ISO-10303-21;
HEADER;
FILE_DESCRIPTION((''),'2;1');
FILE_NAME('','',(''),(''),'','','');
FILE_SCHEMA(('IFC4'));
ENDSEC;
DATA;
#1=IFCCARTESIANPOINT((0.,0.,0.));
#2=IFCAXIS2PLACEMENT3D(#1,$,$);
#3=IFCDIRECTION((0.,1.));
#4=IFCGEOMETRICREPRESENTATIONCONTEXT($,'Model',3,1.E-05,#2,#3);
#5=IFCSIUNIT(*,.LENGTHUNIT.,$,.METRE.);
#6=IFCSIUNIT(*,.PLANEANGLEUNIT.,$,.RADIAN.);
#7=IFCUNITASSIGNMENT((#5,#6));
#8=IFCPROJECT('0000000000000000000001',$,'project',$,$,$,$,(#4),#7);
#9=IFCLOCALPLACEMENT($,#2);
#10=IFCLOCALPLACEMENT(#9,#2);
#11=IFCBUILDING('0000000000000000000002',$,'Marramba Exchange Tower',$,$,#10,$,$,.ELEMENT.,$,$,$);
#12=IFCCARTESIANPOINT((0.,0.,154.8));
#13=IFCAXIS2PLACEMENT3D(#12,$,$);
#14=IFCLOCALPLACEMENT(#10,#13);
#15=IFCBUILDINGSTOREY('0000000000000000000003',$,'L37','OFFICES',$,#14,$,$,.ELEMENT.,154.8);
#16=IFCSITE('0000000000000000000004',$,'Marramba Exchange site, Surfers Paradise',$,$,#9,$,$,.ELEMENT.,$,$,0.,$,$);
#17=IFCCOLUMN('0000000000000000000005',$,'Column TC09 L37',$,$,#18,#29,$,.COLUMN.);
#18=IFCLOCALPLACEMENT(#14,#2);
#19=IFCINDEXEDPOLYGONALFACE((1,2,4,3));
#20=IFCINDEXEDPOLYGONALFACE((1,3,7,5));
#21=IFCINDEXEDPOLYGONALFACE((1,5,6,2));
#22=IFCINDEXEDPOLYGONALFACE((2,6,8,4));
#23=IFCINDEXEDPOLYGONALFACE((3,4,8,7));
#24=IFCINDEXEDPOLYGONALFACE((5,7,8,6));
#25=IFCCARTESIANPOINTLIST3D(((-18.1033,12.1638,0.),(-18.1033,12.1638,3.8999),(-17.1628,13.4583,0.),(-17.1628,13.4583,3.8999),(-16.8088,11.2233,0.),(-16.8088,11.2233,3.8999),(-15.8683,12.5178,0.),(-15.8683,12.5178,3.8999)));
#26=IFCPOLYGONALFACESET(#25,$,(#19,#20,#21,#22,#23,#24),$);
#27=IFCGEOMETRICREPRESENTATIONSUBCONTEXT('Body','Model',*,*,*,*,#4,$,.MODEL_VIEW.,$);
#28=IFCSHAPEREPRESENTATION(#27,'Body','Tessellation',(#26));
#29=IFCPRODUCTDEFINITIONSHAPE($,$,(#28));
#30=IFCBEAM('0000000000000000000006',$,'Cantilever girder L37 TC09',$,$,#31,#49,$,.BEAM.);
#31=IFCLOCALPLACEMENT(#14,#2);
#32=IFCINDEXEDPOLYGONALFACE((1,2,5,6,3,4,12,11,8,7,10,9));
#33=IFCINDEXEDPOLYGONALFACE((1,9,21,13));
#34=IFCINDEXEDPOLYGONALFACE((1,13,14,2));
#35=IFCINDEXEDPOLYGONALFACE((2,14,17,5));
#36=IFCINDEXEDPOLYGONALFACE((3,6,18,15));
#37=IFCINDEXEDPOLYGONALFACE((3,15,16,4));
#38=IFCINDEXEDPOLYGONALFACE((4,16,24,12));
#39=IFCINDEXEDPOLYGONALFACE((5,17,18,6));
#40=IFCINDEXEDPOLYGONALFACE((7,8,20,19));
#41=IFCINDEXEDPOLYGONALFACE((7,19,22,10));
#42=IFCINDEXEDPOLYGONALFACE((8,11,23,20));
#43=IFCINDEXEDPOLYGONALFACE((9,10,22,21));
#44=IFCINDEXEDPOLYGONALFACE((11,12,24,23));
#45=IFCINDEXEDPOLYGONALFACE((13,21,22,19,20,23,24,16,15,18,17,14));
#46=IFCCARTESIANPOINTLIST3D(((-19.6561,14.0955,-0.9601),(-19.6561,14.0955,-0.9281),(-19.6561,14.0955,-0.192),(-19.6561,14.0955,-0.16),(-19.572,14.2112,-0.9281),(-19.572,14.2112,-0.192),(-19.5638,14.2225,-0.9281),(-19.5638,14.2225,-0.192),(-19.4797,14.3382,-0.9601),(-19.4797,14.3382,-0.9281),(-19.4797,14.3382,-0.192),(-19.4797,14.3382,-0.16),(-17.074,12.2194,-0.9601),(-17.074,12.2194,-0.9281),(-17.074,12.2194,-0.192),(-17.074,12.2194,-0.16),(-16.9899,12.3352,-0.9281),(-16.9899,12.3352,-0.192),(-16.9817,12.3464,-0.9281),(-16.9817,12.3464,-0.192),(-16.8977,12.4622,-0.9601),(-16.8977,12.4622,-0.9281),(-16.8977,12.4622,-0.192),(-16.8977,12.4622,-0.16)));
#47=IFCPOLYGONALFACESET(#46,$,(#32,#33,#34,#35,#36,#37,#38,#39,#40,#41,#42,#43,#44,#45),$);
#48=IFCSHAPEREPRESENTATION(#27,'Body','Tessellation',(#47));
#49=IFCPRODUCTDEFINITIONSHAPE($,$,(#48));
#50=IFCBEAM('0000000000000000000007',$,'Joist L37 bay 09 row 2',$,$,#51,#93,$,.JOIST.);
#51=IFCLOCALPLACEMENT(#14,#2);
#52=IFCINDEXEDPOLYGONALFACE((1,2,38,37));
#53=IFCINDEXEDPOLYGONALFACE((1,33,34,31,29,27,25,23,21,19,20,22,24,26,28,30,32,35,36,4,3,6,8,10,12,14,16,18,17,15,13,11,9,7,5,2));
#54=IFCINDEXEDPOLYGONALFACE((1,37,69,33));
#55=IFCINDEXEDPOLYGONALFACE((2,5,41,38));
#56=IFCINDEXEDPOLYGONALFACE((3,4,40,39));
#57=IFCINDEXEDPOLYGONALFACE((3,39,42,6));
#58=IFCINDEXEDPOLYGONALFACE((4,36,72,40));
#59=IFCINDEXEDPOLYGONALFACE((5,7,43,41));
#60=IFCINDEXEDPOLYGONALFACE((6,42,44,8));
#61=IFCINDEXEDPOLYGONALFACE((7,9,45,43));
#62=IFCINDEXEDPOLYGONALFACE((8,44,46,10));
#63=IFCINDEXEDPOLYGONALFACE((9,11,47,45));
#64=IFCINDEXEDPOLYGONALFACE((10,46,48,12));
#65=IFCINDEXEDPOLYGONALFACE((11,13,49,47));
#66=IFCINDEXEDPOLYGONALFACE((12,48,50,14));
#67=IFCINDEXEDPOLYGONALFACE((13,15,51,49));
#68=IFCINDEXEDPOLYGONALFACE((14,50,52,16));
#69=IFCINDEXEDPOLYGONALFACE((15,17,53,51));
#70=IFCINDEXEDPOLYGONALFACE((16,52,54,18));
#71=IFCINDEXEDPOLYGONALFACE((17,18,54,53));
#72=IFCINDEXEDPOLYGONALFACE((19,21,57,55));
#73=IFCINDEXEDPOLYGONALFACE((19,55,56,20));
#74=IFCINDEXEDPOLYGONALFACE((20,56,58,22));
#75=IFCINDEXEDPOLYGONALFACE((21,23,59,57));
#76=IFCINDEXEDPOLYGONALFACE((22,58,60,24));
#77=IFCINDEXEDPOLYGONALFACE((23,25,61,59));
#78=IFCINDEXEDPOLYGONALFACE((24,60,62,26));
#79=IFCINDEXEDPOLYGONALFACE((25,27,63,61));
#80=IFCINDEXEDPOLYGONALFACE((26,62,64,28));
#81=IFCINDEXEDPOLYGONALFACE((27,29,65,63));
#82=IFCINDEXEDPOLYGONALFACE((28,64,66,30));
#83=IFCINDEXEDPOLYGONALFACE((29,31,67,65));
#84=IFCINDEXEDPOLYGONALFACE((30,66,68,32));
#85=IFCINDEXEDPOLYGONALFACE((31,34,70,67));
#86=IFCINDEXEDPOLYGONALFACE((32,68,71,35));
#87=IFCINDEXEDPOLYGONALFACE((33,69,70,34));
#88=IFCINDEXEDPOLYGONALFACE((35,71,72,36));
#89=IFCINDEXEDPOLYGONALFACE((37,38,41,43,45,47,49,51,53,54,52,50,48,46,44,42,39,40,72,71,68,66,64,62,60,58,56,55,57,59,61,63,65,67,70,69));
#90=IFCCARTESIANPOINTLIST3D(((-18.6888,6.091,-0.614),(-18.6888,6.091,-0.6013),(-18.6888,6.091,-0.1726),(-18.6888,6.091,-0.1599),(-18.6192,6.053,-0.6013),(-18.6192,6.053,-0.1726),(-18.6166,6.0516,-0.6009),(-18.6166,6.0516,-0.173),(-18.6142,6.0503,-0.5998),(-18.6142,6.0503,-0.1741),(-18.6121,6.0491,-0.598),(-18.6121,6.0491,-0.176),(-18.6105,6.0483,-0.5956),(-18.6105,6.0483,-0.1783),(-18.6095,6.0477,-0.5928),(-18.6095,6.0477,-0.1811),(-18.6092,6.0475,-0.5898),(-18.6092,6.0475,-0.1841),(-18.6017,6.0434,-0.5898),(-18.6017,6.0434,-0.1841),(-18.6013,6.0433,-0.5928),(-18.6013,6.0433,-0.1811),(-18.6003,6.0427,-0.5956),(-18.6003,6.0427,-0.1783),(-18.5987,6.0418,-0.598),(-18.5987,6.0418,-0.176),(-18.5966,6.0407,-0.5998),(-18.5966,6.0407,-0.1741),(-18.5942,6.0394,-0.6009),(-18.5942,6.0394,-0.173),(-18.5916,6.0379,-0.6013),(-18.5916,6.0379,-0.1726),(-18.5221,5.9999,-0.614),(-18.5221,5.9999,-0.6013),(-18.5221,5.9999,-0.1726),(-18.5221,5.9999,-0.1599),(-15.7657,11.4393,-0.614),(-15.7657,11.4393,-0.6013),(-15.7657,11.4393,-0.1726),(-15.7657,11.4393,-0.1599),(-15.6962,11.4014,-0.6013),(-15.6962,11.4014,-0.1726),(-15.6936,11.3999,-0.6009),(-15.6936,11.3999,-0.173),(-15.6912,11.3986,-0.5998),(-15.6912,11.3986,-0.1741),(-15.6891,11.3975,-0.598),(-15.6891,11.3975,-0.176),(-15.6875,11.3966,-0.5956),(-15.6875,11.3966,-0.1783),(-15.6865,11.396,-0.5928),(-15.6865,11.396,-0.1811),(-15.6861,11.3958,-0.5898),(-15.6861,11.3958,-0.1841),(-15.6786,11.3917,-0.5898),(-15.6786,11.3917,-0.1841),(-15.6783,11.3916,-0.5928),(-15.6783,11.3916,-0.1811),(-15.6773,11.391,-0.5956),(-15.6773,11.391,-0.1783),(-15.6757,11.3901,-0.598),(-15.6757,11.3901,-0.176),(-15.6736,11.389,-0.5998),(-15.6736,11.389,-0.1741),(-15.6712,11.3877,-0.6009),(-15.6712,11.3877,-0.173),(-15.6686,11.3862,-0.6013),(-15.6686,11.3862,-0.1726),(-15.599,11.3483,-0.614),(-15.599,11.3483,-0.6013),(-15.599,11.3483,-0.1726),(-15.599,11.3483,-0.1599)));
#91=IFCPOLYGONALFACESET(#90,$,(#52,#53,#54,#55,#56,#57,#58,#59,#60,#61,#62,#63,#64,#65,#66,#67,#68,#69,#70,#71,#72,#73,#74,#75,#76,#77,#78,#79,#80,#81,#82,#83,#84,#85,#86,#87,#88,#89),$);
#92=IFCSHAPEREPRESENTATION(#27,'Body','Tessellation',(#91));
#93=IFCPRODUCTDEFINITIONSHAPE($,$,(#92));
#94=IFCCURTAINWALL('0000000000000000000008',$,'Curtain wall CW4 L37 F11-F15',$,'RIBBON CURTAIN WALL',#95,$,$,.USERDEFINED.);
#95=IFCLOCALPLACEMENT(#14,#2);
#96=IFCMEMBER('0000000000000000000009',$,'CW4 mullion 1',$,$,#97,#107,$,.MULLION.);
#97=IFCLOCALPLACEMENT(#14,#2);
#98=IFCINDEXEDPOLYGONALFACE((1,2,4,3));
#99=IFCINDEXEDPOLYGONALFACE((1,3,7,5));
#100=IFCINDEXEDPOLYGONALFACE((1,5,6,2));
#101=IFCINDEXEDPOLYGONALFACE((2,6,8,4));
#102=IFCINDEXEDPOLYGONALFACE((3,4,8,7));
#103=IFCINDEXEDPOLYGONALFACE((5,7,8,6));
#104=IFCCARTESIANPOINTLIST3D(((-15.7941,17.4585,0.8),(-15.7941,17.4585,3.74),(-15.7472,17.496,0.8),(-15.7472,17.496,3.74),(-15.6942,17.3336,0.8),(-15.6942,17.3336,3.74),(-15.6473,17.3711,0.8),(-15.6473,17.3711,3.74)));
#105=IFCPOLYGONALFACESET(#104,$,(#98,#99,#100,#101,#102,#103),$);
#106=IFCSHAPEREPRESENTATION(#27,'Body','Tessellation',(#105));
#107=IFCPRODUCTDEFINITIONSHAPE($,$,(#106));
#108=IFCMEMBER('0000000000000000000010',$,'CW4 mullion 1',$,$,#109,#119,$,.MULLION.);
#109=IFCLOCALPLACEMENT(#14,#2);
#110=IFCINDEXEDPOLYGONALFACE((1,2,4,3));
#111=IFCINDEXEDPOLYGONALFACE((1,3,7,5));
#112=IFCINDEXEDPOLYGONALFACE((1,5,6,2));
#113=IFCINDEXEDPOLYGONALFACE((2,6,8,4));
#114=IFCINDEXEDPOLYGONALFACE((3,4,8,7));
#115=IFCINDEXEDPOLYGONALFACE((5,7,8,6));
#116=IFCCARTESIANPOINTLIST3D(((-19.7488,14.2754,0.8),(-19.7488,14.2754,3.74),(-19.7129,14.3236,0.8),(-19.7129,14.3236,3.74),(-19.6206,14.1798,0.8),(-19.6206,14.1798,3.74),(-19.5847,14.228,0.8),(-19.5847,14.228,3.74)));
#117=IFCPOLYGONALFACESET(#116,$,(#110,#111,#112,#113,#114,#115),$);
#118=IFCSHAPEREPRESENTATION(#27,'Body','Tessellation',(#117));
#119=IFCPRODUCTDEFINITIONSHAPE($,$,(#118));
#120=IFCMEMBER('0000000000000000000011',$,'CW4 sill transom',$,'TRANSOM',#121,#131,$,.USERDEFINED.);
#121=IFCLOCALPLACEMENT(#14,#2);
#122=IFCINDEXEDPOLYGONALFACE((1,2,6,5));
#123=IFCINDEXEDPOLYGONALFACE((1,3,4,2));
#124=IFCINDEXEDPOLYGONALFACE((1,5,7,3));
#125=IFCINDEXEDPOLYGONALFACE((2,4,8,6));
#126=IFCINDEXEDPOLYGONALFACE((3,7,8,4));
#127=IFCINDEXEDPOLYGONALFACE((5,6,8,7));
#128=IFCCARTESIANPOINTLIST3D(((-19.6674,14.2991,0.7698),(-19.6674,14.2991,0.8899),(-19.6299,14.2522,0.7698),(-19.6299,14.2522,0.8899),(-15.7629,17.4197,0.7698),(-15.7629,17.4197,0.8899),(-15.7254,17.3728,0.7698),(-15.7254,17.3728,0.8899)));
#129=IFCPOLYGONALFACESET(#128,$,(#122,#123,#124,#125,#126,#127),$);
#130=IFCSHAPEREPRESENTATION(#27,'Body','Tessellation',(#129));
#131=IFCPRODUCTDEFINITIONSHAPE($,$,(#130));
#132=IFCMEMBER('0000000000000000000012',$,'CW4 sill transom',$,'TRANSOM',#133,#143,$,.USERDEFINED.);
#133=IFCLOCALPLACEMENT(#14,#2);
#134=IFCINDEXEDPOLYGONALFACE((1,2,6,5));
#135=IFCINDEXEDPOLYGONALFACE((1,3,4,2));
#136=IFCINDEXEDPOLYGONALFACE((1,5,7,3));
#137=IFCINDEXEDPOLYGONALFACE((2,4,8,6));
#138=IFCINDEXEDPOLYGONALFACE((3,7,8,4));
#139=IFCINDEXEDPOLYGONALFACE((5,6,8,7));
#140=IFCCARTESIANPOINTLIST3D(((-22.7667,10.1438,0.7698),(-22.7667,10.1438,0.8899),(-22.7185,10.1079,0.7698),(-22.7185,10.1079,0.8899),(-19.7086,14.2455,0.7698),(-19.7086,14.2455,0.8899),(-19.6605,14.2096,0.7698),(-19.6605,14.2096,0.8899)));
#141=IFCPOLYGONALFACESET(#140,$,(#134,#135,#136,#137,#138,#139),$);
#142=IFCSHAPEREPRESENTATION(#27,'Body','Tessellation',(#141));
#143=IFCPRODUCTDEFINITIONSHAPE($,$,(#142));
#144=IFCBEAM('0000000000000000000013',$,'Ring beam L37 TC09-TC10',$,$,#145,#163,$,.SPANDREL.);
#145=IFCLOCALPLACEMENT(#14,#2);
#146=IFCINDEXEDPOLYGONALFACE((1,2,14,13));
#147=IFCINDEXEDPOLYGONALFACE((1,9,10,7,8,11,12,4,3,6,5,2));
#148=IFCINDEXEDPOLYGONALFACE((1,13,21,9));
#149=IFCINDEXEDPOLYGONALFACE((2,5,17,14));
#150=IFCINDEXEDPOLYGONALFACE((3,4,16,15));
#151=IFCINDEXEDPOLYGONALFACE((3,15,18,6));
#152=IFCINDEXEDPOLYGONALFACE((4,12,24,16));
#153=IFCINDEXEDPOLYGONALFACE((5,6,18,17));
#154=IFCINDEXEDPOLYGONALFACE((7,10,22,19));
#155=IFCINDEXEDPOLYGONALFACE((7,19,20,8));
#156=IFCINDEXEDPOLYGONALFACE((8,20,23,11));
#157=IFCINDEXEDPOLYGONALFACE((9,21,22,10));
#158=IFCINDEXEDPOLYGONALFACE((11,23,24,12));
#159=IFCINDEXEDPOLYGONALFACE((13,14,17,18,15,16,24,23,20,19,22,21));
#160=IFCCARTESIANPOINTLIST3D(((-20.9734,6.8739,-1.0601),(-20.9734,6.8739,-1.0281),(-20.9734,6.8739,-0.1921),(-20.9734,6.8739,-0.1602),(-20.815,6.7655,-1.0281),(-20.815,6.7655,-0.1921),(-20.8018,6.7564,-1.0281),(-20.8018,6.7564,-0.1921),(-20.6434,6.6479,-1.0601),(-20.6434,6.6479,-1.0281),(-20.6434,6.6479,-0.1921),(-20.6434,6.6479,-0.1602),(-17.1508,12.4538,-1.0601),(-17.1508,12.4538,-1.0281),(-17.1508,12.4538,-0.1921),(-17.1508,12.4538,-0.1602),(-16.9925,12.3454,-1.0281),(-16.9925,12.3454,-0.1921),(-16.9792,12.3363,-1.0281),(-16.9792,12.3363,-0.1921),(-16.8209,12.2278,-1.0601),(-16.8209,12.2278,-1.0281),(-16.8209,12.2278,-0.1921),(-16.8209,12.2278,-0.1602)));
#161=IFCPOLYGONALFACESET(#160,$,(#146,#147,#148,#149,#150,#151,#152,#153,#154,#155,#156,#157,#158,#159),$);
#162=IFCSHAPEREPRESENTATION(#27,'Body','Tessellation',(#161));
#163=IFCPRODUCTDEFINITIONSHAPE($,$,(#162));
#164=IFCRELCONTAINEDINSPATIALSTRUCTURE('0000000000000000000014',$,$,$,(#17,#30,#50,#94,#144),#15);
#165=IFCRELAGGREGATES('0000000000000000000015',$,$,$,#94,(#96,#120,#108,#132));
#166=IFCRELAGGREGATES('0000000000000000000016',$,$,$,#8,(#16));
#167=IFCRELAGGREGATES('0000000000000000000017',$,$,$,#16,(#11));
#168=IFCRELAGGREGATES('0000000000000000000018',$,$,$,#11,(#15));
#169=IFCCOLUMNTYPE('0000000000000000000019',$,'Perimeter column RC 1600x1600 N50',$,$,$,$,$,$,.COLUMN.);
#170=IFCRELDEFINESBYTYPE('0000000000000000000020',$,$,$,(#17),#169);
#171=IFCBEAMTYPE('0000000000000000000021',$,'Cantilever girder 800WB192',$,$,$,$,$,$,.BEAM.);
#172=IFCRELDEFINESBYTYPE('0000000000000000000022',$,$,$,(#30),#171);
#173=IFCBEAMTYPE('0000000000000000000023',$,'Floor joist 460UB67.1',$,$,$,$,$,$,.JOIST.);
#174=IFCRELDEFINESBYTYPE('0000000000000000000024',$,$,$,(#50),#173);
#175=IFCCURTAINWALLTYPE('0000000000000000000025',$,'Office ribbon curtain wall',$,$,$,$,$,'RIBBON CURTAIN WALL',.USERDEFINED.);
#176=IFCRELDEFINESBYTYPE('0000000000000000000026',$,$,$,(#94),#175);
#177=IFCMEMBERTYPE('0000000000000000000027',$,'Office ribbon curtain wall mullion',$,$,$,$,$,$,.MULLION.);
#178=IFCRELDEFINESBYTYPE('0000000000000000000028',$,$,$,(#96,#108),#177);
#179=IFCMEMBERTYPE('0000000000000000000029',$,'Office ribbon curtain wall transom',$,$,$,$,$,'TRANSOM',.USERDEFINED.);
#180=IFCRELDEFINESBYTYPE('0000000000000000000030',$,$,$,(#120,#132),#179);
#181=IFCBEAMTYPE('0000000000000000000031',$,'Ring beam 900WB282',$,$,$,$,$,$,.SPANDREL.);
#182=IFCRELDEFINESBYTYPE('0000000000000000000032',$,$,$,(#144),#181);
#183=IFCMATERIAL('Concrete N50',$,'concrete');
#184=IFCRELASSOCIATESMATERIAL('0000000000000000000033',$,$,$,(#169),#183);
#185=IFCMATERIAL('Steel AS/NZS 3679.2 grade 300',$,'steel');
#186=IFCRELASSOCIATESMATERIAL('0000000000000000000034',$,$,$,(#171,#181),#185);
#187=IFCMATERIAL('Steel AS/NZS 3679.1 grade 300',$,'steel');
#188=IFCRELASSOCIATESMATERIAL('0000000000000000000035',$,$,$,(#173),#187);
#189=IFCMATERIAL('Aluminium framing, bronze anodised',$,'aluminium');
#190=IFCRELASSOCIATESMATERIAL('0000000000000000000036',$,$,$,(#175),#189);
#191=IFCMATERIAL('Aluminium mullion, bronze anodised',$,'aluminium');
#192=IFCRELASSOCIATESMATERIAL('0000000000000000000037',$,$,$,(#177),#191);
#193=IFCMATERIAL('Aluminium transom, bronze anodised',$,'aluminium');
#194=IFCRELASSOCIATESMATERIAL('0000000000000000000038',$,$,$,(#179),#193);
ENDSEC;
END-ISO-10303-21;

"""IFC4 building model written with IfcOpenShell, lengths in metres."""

from ifc_helpers import new_model, si_unit, direction, frame, origin, origin_2d, place, context, subcontext, project, spatial, rectangle, i_section, extrude, material, material_profile, profile_set, type_object, element, aggregate, save


model = new_model("IFC4")

# Units and contexts
model_context = context("Model", 3, precision=1e-05, world=origin(), true_north=direction((0.0, 1.0)))
body_context = subcontext(model_context, "Body", "Model", "MODEL_VIEW")
ifc_project = project(units=[si_unit("LENGTHUNIT", "METRE"), si_unit("PLANEANGLEUNIT", "RADIAN")], contexts=[model_context])

# Site, building, storey
site_placement = place(None, origin())
site = spatial("IfcSite", under=ifc_project, at=site_placement, Name="Marramba Exchange site, Surfers Paradise", CompositionType="ELEMENT", RefElevation=0.0)
building_placement = place(site_placement, origin())
building = spatial("IfcBuilding", under=site, at=building_placement, Name="Marramba Exchange Tower", CompositionType="ELEMENT")
storey_placement = place(building_placement, frame((0.0, 0.0, 154.8)))
storey = spatial("IfcBuildingStorey", under=building, at=storey_placement, Name="L37", Description="OFFICES", CompositionType="ELEMENT", Elevation=154.8)

# Column
ifc_material_1 = material(Name="Concrete N50", Category="concrete")
ifc_material_profile_1 = material_profile(ifc_material_1, rectangle(XDim=1.6001, YDim=1.6001, at=origin_2d()), Name="RC 1600x1600")
ifc_profile_set_1 = profile_set([ifc_material_profile_1], Name="Concrete N50")
column_type = type_object("IfcColumnType", Name="Perimeter column RC 1600x1600 N50", PredefinedType="COLUMN", material=ifc_profile_set_1)
column_placement = place(storey_placement, frame((-16.9858, 12.3408, 0.0), z_axis=(0.0, 0.0, 1.0), x_axis=(-0.809017, 0.587785, 0.0)))
element("IfcColumn", 1, at=column_placement, inside=storey, type_object=column_type, Name="Column TC09 L37", PredefinedType="COLUMN", context=body_context, shape_type="SweptSolid", body=[
    extrude(rectangle(XDim=1.6001, YDim=1.6001, at=origin_2d()), origin(), (0.0, 0.0, 1.0), 3.8999),
])

# Beams
ifc_material_2 = material(Name="Steel AS/NZS 3679.2 grade 300", Category="steel")
ifc_material_profile_2 = material_profile(ifc_material_2, i_section(OverallWidth=0.3, OverallDepth=0.8, WebThickness=0.0139, FlangeThickness=0.032, at=origin_2d()), Name="800WB192")
ifc_profile_set_2 = profile_set([ifc_material_profile_2], Name="Steel AS/NZS 3679.2 grade 300")
beam_type_1 = type_object("IfcBeamType", Name="Cantilever girder 800WB192", PredefinedType="BEAM", material=ifc_profile_set_2)
beam_1_placement = place(storey_placement, frame((-16.9858, 12.3408, -0.5601), z_axis=(-0.809014, 0.58779, 0.0), x_axis=(-0.58779, -0.809014, 0.0)))
element("IfcBeam", 2, at=beam_1_placement, inside=storey, type_object=beam_type_1, Name="Cantilever girder L37 TC09", PredefinedType="BEAM", context=body_context, shape_type="SweptSolid", body=[
    extrude(i_section(OverallWidth=0.3, OverallDepth=0.8, WebThickness=0.0139, FlangeThickness=0.032, at=origin_2d()), origin(), (0.0, 0.0, 1.0), 3.1917),
])
ifc_material_3 = material(Name="Steel AS/NZS 3679.1 grade 300", Category="steel")
ifc_material_profile_3 = material_profile(ifc_material_3, i_section(OverallWidth=0.1899, OverallDepth=0.4541, WebThickness=0.0085, FlangeThickness=0.0127, FilletRadius=0.0115, at=origin_2d()), Name="460UB67.1")
ifc_profile_set_3 = profile_set([ifc_material_profile_3], Name="Steel AS/NZS 3679.1 grade 300")
beam_type_2 = type_object("IfcBeamType", Name="Floor joist 460UB67.1", PredefinedType="JOIST", material=ifc_profile_set_3)
beam_2_placement = place(storey_placement, frame((-15.6824, 11.3938, -0.387), z_axis=(-0.479584, -0.877496, 0.0), x_axis=(0.877496, -0.479584, 0.0)))
element("IfcBeam", 3, at=beam_2_placement, inside=storey, type_object=beam_type_2, Name="Joist L37 bay 09 row 2", PredefinedType="JOIST", context=body_context, shape_type="SweptSolid", body=[
    extrude(i_section(OverallWidth=0.1899, OverallDepth=0.4541, WebThickness=0.0085, FlangeThickness=0.0127, FilletRadius=0.0115, at=origin_2d()), origin(), (0.0, 0.0, 1.0), 6.095),
])

# Curtain wall, members
ifc_material_4 = material(Name="Aluminium framing, bronze anodised", Category="aluminium")
curtain_wall_type = type_object("IfcCurtainWallType", Name="Office ribbon curtain wall", ElementType="RIBBON CURTAIN WALL", PredefinedType="USERDEFINED", material=ifc_material_4)
curtain_wall_placement = place(storey_placement, origin())
curtain_wall = element("IfcCurtainWall", 4, at=curtain_wall_placement, inside=storey, type_object=curtain_wall_type, Name="Curtain wall CW4 L37 F11-F15", ObjectType="RIBBON CURTAIN WALL", PredefinedType="USERDEFINED")
ifc_material_5 = material(Name="Aluminium mullion, bronze anodised", Category="aluminium")
ifc_material_profile_4 = material_profile(ifc_material_5, rectangle(XDim=0.1599, YDim=0.0601, at=origin_2d()), Name="CW4 mullion 60x160")
ifc_profile_set_4 = profile_set([ifc_material_profile_4], Name="Aluminium mullion, bronze anodised")
member_type_1 = type_object("IfcMemberType", Name="Office ribbon curtain wall mullion", PredefinedType="MULLION", material=ifc_profile_set_4)
member_1_placement = place(storey_placement, frame((-15.7207, 17.4148, 0.8), z_axis=(0.0, 0.0, 1.0), x_axis=(0.624308, -0.781178, 0.0)))
member_1 = element("IfcMember", 5, at=member_1_placement, type_object=member_type_1, Name="CW4 mullion 1", PredefinedType="MULLION", context=body_context, shape_type="SweptSolid", body=[
    extrude(rectangle(XDim=0.1599, YDim=0.0601, at=origin_2d()), origin(), (0.0, 0.0, 1.0), 2.9399),
])
member_2_placement = place(storey_placement, frame((-19.6667, 14.2517, 0.8), z_axis=(0.0, 0.0, 1.0), x_axis=(0.801717, -0.597704, 0.0)))
member_2 = element("IfcMember", 6, at=member_2_placement, type_object=member_type_1, Name="CW4 mullion 1", PredefinedType="MULLION", context=body_context, shape_type="SweptSolid", body=[
    extrude(rectangle(XDim=0.1599, YDim=0.0601, at=origin_2d()), origin(), (0.0, 0.0, 1.0), 2.9399),
])
ifc_material_6 = material(Name="Aluminium transom, bronze anodised", Category="aluminium")
ifc_material_profile_5 = material_profile(ifc_material_6, rectangle(XDim=0.0601, YDim=0.1201, at=origin_2d()), Name="CW4 transom 60x120")
ifc_profile_set_5 = profile_set([ifc_material_profile_5], Name="Aluminium transom, bronze anodised")
member_type_2 = type_object("IfcMemberType", Name="Office ribbon curtain wall transom", ElementType="TRANSOM", PredefinedType="USERDEFINED", material=ifc_profile_set_5)
member_3_placement = place(storey_placement, frame((-15.7441, 17.3962, 0.8298), z_axis=(-0.781164, -0.624326, 0.0), x_axis=(0.624326, -0.781164, 0.0)))
member_3 = element("IfcMember", 7, at=member_3_placement, type_object=member_type_2, Name="CW4 sill transom", ObjectType="TRANSOM", PredefinedType="USERDEFINED", context=body_context, shape_type="SweptSolid", body=[
    extrude(rectangle(XDim=0.0601, YDim=0.1201, at=origin_2d()), origin(), (0.0, 0.0, 1.0), 4.9983),
])
member_4_placement = place(storey_placement, frame((-19.6846, 14.2275, 0.8298), z_axis=(-0.597715, -0.801709, 0.0), x_axis=(0.801709, -0.597715, 0.0)))
member_4 = element("IfcMember", 8, at=member_4_placement, type_object=member_type_2, Name="CW4 sill transom", ObjectType="TRANSOM", PredefinedType="USERDEFINED", context=body_context, shape_type="SweptSolid", body=[
    extrude(rectangle(XDim=0.0601, YDim=0.1201, at=origin_2d()), origin(), (0.0, 0.0, 1.0), 5.1162),
])

# Beam
ifc_material_profile_6 = material_profile(ifc_material_2, i_section(OverallWidth=0.3999, OverallDepth=0.8999, WebThickness=0.0161, FlangeThickness=0.032, at=origin_2d()), Name="900WB282")
ifc_profile_set_6 = profile_set([ifc_material_profile_6], Name="Steel AS/NZS 3679.2 grade 300")
beam_type_3 = type_object("IfcBeamType", Name="Ring beam 900WB282", PredefinedType="SPANDREL", material=ifc_profile_set_6)
beam_3_placement = place(storey_placement, frame((-16.9858, 12.3408, -0.6101), z_axis=(-0.56516, -0.824981, 0.0), x_axis=(0.824981, -0.56516, 0.0)))
element("IfcBeam", 9, at=beam_3_placement, inside=storey, type_object=beam_type_3, Name="Ring beam L37 TC09-TC10", PredefinedType="SPANDREL", context=body_context, shape_type="SweptSolid", body=[
    extrude(i_section(OverallWidth=0.3999, OverallDepth=0.8999, WebThickness=0.0161, FlangeThickness=0.032, at=origin_2d()), origin(), (0.0, 0.0, 1.0), 6.7637),
])

aggregate(curtain_wall, [member_1, member_3, member_2, member_4])

save(model, "model.ifc")
